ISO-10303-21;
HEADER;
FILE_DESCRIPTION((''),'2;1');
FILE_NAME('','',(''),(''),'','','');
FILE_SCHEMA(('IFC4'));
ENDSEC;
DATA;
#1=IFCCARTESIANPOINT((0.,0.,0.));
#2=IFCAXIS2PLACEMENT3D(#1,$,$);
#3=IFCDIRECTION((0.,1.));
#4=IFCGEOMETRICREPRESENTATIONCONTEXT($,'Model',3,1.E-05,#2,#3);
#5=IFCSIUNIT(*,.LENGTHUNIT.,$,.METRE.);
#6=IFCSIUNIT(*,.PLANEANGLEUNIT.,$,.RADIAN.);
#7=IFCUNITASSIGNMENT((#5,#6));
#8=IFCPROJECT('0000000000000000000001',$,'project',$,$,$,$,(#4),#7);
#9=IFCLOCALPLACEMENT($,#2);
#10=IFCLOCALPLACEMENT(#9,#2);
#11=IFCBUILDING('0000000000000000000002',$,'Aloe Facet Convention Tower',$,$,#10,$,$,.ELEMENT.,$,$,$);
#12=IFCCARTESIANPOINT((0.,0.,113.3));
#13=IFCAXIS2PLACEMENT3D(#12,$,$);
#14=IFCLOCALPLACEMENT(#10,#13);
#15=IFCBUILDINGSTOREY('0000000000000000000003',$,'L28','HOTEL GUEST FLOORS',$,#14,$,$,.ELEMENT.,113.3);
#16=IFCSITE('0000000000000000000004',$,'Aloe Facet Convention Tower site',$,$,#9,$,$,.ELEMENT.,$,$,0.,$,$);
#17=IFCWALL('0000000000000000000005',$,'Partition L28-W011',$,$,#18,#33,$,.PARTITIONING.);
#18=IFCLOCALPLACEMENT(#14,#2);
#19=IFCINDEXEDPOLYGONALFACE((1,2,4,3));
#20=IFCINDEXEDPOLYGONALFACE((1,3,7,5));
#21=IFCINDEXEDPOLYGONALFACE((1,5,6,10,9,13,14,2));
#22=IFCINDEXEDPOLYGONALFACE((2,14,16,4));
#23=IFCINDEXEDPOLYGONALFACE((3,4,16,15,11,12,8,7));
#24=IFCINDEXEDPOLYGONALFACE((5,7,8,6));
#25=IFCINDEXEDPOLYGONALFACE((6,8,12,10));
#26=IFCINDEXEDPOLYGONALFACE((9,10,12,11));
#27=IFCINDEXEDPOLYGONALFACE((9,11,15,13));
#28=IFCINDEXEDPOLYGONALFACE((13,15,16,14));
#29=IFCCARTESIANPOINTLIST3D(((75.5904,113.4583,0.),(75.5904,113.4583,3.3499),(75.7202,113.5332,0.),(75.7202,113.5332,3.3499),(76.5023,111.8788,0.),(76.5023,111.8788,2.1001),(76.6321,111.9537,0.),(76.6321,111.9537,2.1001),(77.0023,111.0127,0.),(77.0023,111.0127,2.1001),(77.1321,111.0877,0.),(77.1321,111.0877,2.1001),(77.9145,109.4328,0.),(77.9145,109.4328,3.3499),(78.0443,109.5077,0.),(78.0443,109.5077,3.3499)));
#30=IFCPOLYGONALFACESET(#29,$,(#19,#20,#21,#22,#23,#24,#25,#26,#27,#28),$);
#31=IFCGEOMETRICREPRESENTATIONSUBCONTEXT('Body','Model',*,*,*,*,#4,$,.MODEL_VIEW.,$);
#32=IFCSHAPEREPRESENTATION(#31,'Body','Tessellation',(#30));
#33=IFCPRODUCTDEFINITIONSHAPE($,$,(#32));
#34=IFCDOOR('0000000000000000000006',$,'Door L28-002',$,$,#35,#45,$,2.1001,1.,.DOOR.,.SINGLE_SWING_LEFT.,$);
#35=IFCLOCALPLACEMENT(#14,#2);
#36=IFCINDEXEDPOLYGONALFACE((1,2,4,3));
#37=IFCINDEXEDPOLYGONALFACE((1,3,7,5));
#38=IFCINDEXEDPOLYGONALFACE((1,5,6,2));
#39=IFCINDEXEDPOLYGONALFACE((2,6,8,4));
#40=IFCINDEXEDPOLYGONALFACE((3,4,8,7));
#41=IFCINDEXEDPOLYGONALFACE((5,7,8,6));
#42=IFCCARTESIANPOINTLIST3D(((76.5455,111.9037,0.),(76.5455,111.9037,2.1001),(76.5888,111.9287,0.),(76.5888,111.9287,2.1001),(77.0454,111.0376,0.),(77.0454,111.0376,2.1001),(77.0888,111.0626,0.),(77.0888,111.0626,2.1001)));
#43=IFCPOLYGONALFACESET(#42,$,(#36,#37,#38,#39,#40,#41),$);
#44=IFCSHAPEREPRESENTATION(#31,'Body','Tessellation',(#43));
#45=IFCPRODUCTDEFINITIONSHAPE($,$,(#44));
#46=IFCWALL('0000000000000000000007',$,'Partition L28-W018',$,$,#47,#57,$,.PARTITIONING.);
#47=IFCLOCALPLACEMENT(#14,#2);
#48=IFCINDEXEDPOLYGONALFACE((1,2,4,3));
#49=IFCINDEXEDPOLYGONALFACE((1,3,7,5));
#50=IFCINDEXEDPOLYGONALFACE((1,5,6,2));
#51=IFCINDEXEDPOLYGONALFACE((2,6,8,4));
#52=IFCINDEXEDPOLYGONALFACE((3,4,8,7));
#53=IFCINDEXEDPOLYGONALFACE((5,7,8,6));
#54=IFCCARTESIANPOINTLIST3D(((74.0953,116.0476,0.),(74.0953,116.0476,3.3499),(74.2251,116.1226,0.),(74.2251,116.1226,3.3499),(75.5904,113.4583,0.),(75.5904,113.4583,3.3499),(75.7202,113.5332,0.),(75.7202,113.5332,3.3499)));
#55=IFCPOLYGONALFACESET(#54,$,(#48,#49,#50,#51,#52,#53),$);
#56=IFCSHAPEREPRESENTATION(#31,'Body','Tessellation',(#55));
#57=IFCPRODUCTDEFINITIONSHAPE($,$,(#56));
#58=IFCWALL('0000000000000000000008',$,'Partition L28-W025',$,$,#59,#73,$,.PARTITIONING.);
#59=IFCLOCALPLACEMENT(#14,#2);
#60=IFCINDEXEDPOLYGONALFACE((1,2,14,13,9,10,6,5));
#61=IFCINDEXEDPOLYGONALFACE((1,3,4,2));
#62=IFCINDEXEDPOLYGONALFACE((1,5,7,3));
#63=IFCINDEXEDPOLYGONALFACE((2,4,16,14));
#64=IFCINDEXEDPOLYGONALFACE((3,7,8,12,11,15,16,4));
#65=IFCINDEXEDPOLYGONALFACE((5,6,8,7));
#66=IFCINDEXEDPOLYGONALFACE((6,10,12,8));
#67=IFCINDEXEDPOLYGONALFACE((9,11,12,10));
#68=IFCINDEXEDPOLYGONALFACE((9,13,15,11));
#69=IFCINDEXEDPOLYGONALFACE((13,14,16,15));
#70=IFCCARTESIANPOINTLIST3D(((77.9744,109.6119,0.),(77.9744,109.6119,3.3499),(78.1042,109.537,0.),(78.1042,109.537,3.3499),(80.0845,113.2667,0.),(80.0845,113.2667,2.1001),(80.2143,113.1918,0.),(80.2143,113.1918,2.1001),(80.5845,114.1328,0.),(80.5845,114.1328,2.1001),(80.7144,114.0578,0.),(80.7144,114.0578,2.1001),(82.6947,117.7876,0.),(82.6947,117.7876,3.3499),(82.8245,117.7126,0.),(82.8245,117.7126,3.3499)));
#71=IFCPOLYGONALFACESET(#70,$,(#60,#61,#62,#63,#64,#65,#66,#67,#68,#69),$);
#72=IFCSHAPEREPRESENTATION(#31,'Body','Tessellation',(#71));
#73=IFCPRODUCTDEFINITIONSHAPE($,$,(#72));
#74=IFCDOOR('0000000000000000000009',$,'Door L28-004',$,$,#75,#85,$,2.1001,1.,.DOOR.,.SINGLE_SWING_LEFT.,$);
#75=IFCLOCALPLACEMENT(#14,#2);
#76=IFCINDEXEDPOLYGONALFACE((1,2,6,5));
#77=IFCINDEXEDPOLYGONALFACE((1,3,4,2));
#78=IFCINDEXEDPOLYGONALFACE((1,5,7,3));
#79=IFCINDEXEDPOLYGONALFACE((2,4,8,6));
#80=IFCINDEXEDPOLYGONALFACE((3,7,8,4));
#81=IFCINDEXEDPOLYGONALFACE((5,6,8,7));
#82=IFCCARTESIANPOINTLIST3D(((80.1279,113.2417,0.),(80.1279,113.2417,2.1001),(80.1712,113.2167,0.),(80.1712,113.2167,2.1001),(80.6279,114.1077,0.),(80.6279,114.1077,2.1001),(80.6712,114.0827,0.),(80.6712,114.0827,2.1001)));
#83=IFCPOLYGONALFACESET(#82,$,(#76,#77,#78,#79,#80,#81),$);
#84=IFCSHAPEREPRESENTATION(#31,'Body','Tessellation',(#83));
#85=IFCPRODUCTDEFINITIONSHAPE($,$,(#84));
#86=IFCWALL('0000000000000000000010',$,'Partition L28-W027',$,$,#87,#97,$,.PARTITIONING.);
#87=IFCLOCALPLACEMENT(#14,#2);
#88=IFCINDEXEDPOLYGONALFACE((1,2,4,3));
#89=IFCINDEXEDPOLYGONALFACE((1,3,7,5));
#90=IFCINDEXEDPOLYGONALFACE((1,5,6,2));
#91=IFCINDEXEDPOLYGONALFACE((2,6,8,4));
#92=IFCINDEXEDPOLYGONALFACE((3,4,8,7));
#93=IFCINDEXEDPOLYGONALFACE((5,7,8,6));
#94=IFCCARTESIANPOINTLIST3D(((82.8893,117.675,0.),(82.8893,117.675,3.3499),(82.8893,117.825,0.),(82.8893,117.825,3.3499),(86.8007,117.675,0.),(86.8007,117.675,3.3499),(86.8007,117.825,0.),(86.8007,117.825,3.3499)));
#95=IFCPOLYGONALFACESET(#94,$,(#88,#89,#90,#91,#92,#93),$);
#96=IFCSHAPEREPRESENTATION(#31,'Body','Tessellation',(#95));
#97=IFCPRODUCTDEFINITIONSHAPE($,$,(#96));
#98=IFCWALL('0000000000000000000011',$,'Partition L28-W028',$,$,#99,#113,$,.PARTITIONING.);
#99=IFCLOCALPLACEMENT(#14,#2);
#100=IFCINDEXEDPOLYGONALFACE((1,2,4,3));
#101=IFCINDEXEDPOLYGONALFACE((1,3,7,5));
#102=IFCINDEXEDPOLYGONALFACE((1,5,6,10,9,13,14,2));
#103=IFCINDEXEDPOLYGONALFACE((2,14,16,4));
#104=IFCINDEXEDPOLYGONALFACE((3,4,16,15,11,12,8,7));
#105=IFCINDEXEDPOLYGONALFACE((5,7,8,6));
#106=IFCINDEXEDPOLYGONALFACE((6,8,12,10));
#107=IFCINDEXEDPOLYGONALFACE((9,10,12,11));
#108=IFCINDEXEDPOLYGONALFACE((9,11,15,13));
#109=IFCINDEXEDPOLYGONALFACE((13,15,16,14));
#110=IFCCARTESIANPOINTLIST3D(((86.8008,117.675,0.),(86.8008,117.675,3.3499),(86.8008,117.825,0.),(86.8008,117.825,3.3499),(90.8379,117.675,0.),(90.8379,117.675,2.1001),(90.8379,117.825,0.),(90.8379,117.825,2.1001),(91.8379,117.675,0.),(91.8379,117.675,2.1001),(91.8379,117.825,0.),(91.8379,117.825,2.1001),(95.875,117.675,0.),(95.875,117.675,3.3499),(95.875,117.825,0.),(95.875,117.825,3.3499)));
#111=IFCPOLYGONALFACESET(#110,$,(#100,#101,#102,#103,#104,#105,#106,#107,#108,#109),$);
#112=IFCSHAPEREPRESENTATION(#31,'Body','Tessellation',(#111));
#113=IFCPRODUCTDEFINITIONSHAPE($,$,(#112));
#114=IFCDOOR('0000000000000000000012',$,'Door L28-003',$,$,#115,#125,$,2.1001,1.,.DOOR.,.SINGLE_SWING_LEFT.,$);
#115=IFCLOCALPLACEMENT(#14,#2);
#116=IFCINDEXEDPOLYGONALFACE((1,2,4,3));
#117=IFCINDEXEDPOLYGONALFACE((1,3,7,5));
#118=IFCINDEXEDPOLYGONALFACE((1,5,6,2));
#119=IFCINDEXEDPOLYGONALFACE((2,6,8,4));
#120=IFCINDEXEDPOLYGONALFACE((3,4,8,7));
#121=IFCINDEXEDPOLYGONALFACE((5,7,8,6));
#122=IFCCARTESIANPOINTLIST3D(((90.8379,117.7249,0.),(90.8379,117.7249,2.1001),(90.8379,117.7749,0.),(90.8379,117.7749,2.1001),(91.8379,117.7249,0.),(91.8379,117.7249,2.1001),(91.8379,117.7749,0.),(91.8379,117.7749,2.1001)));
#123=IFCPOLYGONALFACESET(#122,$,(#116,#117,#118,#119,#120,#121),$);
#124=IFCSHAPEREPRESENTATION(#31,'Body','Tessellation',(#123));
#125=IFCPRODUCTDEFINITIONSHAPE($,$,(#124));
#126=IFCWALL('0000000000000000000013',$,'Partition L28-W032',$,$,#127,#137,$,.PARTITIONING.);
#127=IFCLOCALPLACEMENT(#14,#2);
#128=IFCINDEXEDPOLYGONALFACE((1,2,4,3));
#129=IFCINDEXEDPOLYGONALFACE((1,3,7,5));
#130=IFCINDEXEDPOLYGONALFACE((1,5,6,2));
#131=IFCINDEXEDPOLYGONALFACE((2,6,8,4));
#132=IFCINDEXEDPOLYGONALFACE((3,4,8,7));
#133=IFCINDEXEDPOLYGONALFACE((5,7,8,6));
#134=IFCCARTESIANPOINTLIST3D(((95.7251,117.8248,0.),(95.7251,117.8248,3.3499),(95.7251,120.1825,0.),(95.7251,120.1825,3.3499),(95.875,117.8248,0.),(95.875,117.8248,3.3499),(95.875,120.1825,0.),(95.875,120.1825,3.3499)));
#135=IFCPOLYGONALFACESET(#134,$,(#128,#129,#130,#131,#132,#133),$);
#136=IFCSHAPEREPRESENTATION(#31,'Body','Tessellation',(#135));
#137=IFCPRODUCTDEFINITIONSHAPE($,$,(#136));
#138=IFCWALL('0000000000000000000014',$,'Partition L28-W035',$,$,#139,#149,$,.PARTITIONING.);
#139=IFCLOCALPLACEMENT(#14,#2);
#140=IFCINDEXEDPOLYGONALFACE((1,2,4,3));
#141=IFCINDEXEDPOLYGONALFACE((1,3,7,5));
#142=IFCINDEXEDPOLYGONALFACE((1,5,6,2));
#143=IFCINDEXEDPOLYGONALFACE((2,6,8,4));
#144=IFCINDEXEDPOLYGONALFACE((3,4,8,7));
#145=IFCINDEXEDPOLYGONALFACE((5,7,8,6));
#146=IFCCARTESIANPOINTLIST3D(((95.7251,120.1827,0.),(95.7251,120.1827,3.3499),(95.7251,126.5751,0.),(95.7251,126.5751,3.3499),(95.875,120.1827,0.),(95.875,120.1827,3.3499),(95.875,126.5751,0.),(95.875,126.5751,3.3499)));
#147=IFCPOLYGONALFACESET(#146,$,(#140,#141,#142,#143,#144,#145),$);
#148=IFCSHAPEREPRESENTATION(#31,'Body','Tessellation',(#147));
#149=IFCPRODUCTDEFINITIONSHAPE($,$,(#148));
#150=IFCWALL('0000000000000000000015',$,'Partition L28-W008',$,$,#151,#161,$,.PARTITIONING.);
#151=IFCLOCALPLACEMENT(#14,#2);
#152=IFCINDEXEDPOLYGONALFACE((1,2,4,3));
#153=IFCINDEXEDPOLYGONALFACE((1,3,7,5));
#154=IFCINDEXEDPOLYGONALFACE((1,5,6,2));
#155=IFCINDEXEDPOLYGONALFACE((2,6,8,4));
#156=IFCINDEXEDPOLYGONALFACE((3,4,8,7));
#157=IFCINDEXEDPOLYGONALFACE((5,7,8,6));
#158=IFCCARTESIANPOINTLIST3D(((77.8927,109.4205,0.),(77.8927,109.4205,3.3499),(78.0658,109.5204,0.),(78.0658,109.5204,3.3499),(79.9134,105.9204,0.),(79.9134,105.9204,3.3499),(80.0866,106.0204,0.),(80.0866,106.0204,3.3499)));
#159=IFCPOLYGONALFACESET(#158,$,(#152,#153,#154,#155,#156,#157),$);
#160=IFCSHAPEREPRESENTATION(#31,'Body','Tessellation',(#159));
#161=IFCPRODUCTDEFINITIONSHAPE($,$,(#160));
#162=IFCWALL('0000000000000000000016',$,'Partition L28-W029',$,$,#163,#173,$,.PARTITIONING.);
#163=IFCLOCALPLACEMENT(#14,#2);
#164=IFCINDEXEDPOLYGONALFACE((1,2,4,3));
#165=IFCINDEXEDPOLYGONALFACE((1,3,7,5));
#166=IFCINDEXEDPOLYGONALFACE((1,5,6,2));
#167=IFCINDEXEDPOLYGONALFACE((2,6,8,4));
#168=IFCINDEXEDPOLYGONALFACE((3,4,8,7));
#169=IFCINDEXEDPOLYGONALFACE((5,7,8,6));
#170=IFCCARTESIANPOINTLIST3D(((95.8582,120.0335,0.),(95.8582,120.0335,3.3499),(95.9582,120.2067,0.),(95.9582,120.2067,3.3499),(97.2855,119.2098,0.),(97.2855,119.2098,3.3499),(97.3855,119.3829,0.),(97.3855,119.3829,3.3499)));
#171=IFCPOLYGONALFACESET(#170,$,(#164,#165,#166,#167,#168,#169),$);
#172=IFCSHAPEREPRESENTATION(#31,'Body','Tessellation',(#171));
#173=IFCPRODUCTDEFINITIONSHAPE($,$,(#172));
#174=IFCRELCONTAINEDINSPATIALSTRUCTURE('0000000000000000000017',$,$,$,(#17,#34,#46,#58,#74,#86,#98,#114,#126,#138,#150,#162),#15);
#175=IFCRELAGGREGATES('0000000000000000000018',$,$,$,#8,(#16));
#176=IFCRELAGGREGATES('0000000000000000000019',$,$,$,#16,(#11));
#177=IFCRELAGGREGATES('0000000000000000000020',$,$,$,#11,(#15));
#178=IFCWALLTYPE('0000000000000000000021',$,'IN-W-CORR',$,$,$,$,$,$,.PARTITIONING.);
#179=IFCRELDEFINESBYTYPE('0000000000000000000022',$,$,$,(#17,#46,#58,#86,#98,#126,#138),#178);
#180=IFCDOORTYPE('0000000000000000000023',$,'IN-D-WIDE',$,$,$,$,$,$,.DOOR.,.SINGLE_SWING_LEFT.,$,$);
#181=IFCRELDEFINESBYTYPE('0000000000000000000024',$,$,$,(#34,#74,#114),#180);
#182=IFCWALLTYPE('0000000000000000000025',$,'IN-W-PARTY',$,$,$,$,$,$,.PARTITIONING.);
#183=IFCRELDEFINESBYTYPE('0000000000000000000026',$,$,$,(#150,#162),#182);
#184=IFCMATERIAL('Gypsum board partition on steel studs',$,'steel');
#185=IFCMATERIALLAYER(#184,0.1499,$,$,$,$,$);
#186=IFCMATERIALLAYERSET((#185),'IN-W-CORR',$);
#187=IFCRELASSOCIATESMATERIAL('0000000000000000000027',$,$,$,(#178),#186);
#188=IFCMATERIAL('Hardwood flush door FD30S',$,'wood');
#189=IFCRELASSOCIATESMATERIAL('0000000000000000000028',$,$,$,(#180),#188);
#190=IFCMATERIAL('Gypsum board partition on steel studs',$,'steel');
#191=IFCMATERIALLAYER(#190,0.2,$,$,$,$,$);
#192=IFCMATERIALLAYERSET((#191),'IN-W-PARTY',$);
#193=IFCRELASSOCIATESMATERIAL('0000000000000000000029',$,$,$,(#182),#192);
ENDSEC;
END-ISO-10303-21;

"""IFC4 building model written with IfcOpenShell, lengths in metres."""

from ifc_helpers import new_model, si_unit, direction, frame, frame_2d, origin, place, context, subcontext, project, spatial, rectangle, extrude, material, layer, layer_set, type_object, element, fill, save


model = new_model("IFC4")

# Units and contexts
model_context = context("Model", 3, precision=1e-05, world=origin(), true_north=direction((0.0, 1.0)))
body_context = subcontext(model_context, "Body", "Model", "MODEL_VIEW")
ifc_project = project(units=[si_unit("LENGTHUNIT", "METRE"), si_unit("PLANEANGLEUNIT", "RADIAN")], contexts=[model_context])

# Site, building, storey
site_placement = place(None, origin())
site = spatial("IfcSite", under=ifc_project, at=site_placement, Name="Aloe Facet Convention Tower site", CompositionType="ELEMENT", RefElevation=0.0)
building_placement = place(site_placement, origin())
building = spatial("IfcBuilding", under=site, at=building_placement, Name="Aloe Facet Convention Tower", CompositionType="ELEMENT")
storey_placement = place(building_placement, frame((0.0, 0.0, 113.3)))
storey = spatial("IfcBuildingStorey", under=building, at=storey_placement, Name="L28", Description="HOTEL GUEST FLOORS", CompositionType="ELEMENT", Elevation=113.3)

# Wall, opening, door
ifc_material_1 = material(Name="Gypsum board partition on steel studs", Category="steel")
ifc_layer_1 = layer(ifc_material_1, 0.1499)
ifc_layer_set_1 = layer_set([ifc_layer_1], Name="IN-W-CORR")
wall_type_1 = type_object("IfcWallType", Name="IN-W-CORR", PredefinedType="PARTITIONING", material=ifc_layer_set_1)
wall_1_placement = place(storey_placement, frame((75.6553, 113.4958, 0.0), z_axis=(0.0, 0.0, 1.0), x_axis=(0.499986, -0.866033, 0.0)))
wall_1 = element("IfcWall", 1, at=wall_1_placement, inside=storey, type_object=wall_type_1, Name="Partition L28-W011", PredefinedType="PARTITIONING", context=body_context, shape_type="SweptSolid", body=[
    extrude(rectangle(XDim=4.6482, YDim=0.1499, at=frame_2d((2.3242, 0.0))), origin(), (0.0, 0.0, 1.0), 3.3499),
])
opening_1_placement = place(wall_1_placement, frame((1.824, 0.0, 0.0)))
opening_1 = element("IfcOpeningElement", 2, at=opening_1_placement, cuts=wall_1, PredefinedType="OPENING", context=body_context, shape_type="SweptSolid", body=[
    extrude(rectangle(XDim=1.0, YDim=2.1001, at=frame_2d((0.5, 1.05))), frame((0.0, 0.085, 0.0), z_axis=(0.0, -1.0, 0.0), x_axis=(1.0, 0.0, 0.0)), (0.0, 0.0, 1.0), 0.1699),
])
ifc_material_2 = material(Name="Hardwood flush door FD30S", Category="wood")
door_type = type_object("IfcDoorType", Name="IN-D-WIDE", OperationType="SINGLE_SWING_LEFT", PredefinedType="DOOR", material=ifc_material_2)
door_1_placement = place(opening_1_placement, origin())
door_1 = element("IfcDoor", 3, at=door_1_placement, inside=storey, type_object=door_type, Name="Door L28-002", OperationType="SINGLE_SWING_LEFT", OverallHeight=2.1001, OverallWidth=1.0, PredefinedType="DOOR", context=body_context, shape_type="SweptSolid", body=[
    extrude(rectangle(XDim=1.0, YDim=2.1001, at=frame_2d((0.5, 1.05))), frame((0.0, 0.0249, 0.0), z_axis=(0.0, -1.0, 0.0), x_axis=(1.0, 0.0, 0.0)), (0.0, 0.0, 1.0), 0.05),
])
fill(opening_1, door_1)

# Wall
wall_2_placement = place(storey_placement, frame((74.1602, 116.0852, 0.0), z_axis=(0.0, 0.0, 1.0), x_axis=(0.500038, -0.866003, 0.0)))
element("IfcWall", 4, at=wall_2_placement, inside=storey, type_object=wall_type_1, Name="Partition L28-W018", PredefinedType="PARTITIONING", context=body_context, shape_type="SweptSolid", body=[
    extrude(rectangle(XDim=2.99, YDim=0.1499, at=frame_2d((1.4951, 0.0))), origin(), (0.0, 0.0, 1.0), 3.3499),
])

# Wall, opening, door
wall_3_placement = place(storey_placement, frame((78.0393, 109.5745, 0.0), z_axis=(0.0, 0.0, 1.0), x_axis=(0.500005, 0.866022, 0.0)))
wall_3 = element("IfcWall", 5, at=wall_3_placement, inside=storey, type_object=wall_type_1, Name="Partition L28-W025", PredefinedType="PARTITIONING", context=body_context, shape_type="SweptSolid", body=[
    extrude(rectangle(XDim=9.4404, YDim=0.1499, at=frame_2d((4.7202, 0.0))), origin(), (0.0, 0.0, 1.0), 3.3499),
])
opening_2_placement = place(wall_3_placement, frame((4.2202, 0.0, 0.0)))
opening_2 = element("IfcOpeningElement", 6, at=opening_2_placement, cuts=wall_3, PredefinedType="OPENING", context=body_context, shape_type="SweptSolid", body=[
    extrude(rectangle(XDim=1.0, YDim=2.1001, at=frame_2d((0.5, 1.05))), frame((0.0, 0.085, 0.0), z_axis=(0.0, -1.0, 0.0), x_axis=(1.0, 0.0, 0.0)), (0.0, 0.0, 1.0), 0.1699),
])
door_2_placement = place(opening_2_placement, origin())
door_2 = element("IfcDoor", 7, at=door_2_placement, inside=storey, type_object=door_type, Name="Door L28-004", OperationType="SINGLE_SWING_LEFT", OverallHeight=2.1001, OverallWidth=1.0, PredefinedType="DOOR", context=body_context, shape_type="SweptSolid", body=[
    extrude(rectangle(XDim=1.0, YDim=2.1001, at=frame_2d((0.5, 1.05))), frame((0.0, 0.0249, 0.0), z_axis=(0.0, -1.0, 0.0), x_axis=(1.0, 0.0, 0.0)), (0.0, 0.0, 1.0), 0.05),
])
fill(opening_2, door_2)

# Wall
wall_4_placement = place(storey_placement, frame((82.8894, 117.75, 0.0), z_axis=(0.0, 0.0, 1.0), x_axis=(1.0, 0.0, 0.0)))
element("IfcWall", 8, at=wall_4_placement, inside=storey, type_object=wall_type_1, Name="Partition L28-W027", PredefinedType="PARTITIONING", context=body_context, shape_type="SweptSolid", body=[
    extrude(rectangle(XDim=3.9114, YDim=0.1499, at=frame_2d((1.9556, 0.0))), origin(), (0.0, 0.0, 1.0), 3.3499),
])

# Wall, opening, door
wall_5_placement = place(storey_placement, frame((86.8008, 117.75, 0.0), z_axis=(0.0, 0.0, 1.0), x_axis=(1.0, 0.0, 0.0)))
wall_5 = element("IfcWall", 9, at=wall_5_placement, inside=storey, type_object=wall_type_1, Name="Partition L28-W028", PredefinedType="PARTITIONING", context=body_context, shape_type="SweptSolid", body=[
    extrude(rectangle(XDim=9.0742, YDim=0.1499, at=frame_2d((4.5371, 0.0))), origin(), (0.0, 0.0, 1.0), 3.3499),
])
opening_3_placement = place(wall_5_placement, frame((4.0371, 0.0, 0.0)))
opening_3 = element("IfcOpeningElement", 10, at=opening_3_placement, cuts=wall_5, PredefinedType="OPENING", context=body_context, shape_type="SweptSolid", body=[
    extrude(rectangle(XDim=1.0, YDim=2.1001, at=frame_2d((0.5, 1.05))), frame((0.0, 0.085, 0.0), z_axis=(0.0, -1.0, 0.0), x_axis=(1.0, 0.0, 0.0)), (0.0, 0.0, 1.0), 0.1699),
])
door_3_placement = place(opening_3_placement, origin())
door_3 = element("IfcDoor", 11, at=door_3_placement, inside=storey, type_object=door_type, Name="Door L28-003", OperationType="SINGLE_SWING_LEFT", OverallHeight=2.1001, OverallWidth=1.0, PredefinedType="DOOR", context=body_context, shape_type="SweptSolid", body=[
    extrude(rectangle(XDim=1.0, YDim=2.1001, at=frame_2d((0.5, 1.05))), frame((0.0, 0.0249, 0.0), z_axis=(0.0, -1.0, 0.0), x_axis=(1.0, 0.0, 0.0)), (0.0, 0.0, 1.0), 0.05),
])
fill(opening_3, door_3)

# Walls
wall_6_placement = place(storey_placement, frame((95.8, 117.825, 0.0), z_axis=(0.0, 0.0, 1.0), x_axis=(0.0, 1.0, 0.0)))
element("IfcWall", 12, at=wall_6_placement, inside=storey, type_object=wall_type_1, Name="Partition L28-W032", PredefinedType="PARTITIONING", context=body_context, shape_type="SweptSolid", body=[
    extrude(rectangle(XDim=2.3577, YDim=0.1499, at=frame_2d((1.1787, 0.0))), origin(), (0.0, 0.0, 1.0), 3.3499),
])
wall_7_placement = place(storey_placement, frame((95.8, 120.1826, 0.0), z_axis=(0.0, 0.0, 1.0), x_axis=(0.0, 1.0, 0.0)))
element("IfcWall", 13, at=wall_7_placement, inside=storey, type_object=wall_type_1, Name="Partition L28-W035", PredefinedType="PARTITIONING", context=body_context, shape_type="SweptSolid", body=[
    extrude(rectangle(XDim=6.3923, YDim=0.1499, at=frame_2d((3.1963, 0.0))), origin(), (0.0, 0.0, 1.0), 3.3499),
])
ifc_material_3 = material(Name="Gypsum board partition on steel studs", Category="steel")
ifc_layer_2 = layer(ifc_material_3, 0.2)
ifc_layer_set_2 = layer_set([ifc_layer_2], Name="IN-W-PARTY")
wall_type_2 = type_object("IfcWallType", Name="IN-W-PARTY", PredefinedType="PARTITIONING", material=ifc_layer_set_2)
wall_8_placement = place(storey_placement, frame((77.9792, 109.4705, 0.0), z_axis=(0.0, 0.0, 1.0), x_axis=(0.500005, -0.866023, 0.0)))
element("IfcWall", 14, at=wall_8_placement, inside=storey, type_object=wall_type_2, Name="Partition L28-W008", PredefinedType="PARTITIONING", context=body_context, shape_type="SweptSolid", body=[
    extrude(rectangle(XDim=4.0415, YDim=0.2, at=frame_2d((2.0208, 0.0))), origin(), (0.0, 0.0, 1.0), 3.3499),
])
wall_9_placement = place(storey_placement, frame((95.9082, 120.1201, 0.0), z_axis=(0.0, 0.0, 1.0), x_axis=(0.866102, -0.499868, 0.0)))
element("IfcWall", 15, at=wall_9_placement, inside=storey, type_object=wall_type_2, Name="Partition L28-W029", PredefinedType="PARTITIONING", context=body_context, shape_type="SweptSolid", body=[
    extrude(rectangle(XDim=1.6479, YDim=0.2, at=frame_2d((0.824, 0.0))), origin(), (0.0, 0.0, 1.0), 3.3499),
])

save(model, "model.ifc")
